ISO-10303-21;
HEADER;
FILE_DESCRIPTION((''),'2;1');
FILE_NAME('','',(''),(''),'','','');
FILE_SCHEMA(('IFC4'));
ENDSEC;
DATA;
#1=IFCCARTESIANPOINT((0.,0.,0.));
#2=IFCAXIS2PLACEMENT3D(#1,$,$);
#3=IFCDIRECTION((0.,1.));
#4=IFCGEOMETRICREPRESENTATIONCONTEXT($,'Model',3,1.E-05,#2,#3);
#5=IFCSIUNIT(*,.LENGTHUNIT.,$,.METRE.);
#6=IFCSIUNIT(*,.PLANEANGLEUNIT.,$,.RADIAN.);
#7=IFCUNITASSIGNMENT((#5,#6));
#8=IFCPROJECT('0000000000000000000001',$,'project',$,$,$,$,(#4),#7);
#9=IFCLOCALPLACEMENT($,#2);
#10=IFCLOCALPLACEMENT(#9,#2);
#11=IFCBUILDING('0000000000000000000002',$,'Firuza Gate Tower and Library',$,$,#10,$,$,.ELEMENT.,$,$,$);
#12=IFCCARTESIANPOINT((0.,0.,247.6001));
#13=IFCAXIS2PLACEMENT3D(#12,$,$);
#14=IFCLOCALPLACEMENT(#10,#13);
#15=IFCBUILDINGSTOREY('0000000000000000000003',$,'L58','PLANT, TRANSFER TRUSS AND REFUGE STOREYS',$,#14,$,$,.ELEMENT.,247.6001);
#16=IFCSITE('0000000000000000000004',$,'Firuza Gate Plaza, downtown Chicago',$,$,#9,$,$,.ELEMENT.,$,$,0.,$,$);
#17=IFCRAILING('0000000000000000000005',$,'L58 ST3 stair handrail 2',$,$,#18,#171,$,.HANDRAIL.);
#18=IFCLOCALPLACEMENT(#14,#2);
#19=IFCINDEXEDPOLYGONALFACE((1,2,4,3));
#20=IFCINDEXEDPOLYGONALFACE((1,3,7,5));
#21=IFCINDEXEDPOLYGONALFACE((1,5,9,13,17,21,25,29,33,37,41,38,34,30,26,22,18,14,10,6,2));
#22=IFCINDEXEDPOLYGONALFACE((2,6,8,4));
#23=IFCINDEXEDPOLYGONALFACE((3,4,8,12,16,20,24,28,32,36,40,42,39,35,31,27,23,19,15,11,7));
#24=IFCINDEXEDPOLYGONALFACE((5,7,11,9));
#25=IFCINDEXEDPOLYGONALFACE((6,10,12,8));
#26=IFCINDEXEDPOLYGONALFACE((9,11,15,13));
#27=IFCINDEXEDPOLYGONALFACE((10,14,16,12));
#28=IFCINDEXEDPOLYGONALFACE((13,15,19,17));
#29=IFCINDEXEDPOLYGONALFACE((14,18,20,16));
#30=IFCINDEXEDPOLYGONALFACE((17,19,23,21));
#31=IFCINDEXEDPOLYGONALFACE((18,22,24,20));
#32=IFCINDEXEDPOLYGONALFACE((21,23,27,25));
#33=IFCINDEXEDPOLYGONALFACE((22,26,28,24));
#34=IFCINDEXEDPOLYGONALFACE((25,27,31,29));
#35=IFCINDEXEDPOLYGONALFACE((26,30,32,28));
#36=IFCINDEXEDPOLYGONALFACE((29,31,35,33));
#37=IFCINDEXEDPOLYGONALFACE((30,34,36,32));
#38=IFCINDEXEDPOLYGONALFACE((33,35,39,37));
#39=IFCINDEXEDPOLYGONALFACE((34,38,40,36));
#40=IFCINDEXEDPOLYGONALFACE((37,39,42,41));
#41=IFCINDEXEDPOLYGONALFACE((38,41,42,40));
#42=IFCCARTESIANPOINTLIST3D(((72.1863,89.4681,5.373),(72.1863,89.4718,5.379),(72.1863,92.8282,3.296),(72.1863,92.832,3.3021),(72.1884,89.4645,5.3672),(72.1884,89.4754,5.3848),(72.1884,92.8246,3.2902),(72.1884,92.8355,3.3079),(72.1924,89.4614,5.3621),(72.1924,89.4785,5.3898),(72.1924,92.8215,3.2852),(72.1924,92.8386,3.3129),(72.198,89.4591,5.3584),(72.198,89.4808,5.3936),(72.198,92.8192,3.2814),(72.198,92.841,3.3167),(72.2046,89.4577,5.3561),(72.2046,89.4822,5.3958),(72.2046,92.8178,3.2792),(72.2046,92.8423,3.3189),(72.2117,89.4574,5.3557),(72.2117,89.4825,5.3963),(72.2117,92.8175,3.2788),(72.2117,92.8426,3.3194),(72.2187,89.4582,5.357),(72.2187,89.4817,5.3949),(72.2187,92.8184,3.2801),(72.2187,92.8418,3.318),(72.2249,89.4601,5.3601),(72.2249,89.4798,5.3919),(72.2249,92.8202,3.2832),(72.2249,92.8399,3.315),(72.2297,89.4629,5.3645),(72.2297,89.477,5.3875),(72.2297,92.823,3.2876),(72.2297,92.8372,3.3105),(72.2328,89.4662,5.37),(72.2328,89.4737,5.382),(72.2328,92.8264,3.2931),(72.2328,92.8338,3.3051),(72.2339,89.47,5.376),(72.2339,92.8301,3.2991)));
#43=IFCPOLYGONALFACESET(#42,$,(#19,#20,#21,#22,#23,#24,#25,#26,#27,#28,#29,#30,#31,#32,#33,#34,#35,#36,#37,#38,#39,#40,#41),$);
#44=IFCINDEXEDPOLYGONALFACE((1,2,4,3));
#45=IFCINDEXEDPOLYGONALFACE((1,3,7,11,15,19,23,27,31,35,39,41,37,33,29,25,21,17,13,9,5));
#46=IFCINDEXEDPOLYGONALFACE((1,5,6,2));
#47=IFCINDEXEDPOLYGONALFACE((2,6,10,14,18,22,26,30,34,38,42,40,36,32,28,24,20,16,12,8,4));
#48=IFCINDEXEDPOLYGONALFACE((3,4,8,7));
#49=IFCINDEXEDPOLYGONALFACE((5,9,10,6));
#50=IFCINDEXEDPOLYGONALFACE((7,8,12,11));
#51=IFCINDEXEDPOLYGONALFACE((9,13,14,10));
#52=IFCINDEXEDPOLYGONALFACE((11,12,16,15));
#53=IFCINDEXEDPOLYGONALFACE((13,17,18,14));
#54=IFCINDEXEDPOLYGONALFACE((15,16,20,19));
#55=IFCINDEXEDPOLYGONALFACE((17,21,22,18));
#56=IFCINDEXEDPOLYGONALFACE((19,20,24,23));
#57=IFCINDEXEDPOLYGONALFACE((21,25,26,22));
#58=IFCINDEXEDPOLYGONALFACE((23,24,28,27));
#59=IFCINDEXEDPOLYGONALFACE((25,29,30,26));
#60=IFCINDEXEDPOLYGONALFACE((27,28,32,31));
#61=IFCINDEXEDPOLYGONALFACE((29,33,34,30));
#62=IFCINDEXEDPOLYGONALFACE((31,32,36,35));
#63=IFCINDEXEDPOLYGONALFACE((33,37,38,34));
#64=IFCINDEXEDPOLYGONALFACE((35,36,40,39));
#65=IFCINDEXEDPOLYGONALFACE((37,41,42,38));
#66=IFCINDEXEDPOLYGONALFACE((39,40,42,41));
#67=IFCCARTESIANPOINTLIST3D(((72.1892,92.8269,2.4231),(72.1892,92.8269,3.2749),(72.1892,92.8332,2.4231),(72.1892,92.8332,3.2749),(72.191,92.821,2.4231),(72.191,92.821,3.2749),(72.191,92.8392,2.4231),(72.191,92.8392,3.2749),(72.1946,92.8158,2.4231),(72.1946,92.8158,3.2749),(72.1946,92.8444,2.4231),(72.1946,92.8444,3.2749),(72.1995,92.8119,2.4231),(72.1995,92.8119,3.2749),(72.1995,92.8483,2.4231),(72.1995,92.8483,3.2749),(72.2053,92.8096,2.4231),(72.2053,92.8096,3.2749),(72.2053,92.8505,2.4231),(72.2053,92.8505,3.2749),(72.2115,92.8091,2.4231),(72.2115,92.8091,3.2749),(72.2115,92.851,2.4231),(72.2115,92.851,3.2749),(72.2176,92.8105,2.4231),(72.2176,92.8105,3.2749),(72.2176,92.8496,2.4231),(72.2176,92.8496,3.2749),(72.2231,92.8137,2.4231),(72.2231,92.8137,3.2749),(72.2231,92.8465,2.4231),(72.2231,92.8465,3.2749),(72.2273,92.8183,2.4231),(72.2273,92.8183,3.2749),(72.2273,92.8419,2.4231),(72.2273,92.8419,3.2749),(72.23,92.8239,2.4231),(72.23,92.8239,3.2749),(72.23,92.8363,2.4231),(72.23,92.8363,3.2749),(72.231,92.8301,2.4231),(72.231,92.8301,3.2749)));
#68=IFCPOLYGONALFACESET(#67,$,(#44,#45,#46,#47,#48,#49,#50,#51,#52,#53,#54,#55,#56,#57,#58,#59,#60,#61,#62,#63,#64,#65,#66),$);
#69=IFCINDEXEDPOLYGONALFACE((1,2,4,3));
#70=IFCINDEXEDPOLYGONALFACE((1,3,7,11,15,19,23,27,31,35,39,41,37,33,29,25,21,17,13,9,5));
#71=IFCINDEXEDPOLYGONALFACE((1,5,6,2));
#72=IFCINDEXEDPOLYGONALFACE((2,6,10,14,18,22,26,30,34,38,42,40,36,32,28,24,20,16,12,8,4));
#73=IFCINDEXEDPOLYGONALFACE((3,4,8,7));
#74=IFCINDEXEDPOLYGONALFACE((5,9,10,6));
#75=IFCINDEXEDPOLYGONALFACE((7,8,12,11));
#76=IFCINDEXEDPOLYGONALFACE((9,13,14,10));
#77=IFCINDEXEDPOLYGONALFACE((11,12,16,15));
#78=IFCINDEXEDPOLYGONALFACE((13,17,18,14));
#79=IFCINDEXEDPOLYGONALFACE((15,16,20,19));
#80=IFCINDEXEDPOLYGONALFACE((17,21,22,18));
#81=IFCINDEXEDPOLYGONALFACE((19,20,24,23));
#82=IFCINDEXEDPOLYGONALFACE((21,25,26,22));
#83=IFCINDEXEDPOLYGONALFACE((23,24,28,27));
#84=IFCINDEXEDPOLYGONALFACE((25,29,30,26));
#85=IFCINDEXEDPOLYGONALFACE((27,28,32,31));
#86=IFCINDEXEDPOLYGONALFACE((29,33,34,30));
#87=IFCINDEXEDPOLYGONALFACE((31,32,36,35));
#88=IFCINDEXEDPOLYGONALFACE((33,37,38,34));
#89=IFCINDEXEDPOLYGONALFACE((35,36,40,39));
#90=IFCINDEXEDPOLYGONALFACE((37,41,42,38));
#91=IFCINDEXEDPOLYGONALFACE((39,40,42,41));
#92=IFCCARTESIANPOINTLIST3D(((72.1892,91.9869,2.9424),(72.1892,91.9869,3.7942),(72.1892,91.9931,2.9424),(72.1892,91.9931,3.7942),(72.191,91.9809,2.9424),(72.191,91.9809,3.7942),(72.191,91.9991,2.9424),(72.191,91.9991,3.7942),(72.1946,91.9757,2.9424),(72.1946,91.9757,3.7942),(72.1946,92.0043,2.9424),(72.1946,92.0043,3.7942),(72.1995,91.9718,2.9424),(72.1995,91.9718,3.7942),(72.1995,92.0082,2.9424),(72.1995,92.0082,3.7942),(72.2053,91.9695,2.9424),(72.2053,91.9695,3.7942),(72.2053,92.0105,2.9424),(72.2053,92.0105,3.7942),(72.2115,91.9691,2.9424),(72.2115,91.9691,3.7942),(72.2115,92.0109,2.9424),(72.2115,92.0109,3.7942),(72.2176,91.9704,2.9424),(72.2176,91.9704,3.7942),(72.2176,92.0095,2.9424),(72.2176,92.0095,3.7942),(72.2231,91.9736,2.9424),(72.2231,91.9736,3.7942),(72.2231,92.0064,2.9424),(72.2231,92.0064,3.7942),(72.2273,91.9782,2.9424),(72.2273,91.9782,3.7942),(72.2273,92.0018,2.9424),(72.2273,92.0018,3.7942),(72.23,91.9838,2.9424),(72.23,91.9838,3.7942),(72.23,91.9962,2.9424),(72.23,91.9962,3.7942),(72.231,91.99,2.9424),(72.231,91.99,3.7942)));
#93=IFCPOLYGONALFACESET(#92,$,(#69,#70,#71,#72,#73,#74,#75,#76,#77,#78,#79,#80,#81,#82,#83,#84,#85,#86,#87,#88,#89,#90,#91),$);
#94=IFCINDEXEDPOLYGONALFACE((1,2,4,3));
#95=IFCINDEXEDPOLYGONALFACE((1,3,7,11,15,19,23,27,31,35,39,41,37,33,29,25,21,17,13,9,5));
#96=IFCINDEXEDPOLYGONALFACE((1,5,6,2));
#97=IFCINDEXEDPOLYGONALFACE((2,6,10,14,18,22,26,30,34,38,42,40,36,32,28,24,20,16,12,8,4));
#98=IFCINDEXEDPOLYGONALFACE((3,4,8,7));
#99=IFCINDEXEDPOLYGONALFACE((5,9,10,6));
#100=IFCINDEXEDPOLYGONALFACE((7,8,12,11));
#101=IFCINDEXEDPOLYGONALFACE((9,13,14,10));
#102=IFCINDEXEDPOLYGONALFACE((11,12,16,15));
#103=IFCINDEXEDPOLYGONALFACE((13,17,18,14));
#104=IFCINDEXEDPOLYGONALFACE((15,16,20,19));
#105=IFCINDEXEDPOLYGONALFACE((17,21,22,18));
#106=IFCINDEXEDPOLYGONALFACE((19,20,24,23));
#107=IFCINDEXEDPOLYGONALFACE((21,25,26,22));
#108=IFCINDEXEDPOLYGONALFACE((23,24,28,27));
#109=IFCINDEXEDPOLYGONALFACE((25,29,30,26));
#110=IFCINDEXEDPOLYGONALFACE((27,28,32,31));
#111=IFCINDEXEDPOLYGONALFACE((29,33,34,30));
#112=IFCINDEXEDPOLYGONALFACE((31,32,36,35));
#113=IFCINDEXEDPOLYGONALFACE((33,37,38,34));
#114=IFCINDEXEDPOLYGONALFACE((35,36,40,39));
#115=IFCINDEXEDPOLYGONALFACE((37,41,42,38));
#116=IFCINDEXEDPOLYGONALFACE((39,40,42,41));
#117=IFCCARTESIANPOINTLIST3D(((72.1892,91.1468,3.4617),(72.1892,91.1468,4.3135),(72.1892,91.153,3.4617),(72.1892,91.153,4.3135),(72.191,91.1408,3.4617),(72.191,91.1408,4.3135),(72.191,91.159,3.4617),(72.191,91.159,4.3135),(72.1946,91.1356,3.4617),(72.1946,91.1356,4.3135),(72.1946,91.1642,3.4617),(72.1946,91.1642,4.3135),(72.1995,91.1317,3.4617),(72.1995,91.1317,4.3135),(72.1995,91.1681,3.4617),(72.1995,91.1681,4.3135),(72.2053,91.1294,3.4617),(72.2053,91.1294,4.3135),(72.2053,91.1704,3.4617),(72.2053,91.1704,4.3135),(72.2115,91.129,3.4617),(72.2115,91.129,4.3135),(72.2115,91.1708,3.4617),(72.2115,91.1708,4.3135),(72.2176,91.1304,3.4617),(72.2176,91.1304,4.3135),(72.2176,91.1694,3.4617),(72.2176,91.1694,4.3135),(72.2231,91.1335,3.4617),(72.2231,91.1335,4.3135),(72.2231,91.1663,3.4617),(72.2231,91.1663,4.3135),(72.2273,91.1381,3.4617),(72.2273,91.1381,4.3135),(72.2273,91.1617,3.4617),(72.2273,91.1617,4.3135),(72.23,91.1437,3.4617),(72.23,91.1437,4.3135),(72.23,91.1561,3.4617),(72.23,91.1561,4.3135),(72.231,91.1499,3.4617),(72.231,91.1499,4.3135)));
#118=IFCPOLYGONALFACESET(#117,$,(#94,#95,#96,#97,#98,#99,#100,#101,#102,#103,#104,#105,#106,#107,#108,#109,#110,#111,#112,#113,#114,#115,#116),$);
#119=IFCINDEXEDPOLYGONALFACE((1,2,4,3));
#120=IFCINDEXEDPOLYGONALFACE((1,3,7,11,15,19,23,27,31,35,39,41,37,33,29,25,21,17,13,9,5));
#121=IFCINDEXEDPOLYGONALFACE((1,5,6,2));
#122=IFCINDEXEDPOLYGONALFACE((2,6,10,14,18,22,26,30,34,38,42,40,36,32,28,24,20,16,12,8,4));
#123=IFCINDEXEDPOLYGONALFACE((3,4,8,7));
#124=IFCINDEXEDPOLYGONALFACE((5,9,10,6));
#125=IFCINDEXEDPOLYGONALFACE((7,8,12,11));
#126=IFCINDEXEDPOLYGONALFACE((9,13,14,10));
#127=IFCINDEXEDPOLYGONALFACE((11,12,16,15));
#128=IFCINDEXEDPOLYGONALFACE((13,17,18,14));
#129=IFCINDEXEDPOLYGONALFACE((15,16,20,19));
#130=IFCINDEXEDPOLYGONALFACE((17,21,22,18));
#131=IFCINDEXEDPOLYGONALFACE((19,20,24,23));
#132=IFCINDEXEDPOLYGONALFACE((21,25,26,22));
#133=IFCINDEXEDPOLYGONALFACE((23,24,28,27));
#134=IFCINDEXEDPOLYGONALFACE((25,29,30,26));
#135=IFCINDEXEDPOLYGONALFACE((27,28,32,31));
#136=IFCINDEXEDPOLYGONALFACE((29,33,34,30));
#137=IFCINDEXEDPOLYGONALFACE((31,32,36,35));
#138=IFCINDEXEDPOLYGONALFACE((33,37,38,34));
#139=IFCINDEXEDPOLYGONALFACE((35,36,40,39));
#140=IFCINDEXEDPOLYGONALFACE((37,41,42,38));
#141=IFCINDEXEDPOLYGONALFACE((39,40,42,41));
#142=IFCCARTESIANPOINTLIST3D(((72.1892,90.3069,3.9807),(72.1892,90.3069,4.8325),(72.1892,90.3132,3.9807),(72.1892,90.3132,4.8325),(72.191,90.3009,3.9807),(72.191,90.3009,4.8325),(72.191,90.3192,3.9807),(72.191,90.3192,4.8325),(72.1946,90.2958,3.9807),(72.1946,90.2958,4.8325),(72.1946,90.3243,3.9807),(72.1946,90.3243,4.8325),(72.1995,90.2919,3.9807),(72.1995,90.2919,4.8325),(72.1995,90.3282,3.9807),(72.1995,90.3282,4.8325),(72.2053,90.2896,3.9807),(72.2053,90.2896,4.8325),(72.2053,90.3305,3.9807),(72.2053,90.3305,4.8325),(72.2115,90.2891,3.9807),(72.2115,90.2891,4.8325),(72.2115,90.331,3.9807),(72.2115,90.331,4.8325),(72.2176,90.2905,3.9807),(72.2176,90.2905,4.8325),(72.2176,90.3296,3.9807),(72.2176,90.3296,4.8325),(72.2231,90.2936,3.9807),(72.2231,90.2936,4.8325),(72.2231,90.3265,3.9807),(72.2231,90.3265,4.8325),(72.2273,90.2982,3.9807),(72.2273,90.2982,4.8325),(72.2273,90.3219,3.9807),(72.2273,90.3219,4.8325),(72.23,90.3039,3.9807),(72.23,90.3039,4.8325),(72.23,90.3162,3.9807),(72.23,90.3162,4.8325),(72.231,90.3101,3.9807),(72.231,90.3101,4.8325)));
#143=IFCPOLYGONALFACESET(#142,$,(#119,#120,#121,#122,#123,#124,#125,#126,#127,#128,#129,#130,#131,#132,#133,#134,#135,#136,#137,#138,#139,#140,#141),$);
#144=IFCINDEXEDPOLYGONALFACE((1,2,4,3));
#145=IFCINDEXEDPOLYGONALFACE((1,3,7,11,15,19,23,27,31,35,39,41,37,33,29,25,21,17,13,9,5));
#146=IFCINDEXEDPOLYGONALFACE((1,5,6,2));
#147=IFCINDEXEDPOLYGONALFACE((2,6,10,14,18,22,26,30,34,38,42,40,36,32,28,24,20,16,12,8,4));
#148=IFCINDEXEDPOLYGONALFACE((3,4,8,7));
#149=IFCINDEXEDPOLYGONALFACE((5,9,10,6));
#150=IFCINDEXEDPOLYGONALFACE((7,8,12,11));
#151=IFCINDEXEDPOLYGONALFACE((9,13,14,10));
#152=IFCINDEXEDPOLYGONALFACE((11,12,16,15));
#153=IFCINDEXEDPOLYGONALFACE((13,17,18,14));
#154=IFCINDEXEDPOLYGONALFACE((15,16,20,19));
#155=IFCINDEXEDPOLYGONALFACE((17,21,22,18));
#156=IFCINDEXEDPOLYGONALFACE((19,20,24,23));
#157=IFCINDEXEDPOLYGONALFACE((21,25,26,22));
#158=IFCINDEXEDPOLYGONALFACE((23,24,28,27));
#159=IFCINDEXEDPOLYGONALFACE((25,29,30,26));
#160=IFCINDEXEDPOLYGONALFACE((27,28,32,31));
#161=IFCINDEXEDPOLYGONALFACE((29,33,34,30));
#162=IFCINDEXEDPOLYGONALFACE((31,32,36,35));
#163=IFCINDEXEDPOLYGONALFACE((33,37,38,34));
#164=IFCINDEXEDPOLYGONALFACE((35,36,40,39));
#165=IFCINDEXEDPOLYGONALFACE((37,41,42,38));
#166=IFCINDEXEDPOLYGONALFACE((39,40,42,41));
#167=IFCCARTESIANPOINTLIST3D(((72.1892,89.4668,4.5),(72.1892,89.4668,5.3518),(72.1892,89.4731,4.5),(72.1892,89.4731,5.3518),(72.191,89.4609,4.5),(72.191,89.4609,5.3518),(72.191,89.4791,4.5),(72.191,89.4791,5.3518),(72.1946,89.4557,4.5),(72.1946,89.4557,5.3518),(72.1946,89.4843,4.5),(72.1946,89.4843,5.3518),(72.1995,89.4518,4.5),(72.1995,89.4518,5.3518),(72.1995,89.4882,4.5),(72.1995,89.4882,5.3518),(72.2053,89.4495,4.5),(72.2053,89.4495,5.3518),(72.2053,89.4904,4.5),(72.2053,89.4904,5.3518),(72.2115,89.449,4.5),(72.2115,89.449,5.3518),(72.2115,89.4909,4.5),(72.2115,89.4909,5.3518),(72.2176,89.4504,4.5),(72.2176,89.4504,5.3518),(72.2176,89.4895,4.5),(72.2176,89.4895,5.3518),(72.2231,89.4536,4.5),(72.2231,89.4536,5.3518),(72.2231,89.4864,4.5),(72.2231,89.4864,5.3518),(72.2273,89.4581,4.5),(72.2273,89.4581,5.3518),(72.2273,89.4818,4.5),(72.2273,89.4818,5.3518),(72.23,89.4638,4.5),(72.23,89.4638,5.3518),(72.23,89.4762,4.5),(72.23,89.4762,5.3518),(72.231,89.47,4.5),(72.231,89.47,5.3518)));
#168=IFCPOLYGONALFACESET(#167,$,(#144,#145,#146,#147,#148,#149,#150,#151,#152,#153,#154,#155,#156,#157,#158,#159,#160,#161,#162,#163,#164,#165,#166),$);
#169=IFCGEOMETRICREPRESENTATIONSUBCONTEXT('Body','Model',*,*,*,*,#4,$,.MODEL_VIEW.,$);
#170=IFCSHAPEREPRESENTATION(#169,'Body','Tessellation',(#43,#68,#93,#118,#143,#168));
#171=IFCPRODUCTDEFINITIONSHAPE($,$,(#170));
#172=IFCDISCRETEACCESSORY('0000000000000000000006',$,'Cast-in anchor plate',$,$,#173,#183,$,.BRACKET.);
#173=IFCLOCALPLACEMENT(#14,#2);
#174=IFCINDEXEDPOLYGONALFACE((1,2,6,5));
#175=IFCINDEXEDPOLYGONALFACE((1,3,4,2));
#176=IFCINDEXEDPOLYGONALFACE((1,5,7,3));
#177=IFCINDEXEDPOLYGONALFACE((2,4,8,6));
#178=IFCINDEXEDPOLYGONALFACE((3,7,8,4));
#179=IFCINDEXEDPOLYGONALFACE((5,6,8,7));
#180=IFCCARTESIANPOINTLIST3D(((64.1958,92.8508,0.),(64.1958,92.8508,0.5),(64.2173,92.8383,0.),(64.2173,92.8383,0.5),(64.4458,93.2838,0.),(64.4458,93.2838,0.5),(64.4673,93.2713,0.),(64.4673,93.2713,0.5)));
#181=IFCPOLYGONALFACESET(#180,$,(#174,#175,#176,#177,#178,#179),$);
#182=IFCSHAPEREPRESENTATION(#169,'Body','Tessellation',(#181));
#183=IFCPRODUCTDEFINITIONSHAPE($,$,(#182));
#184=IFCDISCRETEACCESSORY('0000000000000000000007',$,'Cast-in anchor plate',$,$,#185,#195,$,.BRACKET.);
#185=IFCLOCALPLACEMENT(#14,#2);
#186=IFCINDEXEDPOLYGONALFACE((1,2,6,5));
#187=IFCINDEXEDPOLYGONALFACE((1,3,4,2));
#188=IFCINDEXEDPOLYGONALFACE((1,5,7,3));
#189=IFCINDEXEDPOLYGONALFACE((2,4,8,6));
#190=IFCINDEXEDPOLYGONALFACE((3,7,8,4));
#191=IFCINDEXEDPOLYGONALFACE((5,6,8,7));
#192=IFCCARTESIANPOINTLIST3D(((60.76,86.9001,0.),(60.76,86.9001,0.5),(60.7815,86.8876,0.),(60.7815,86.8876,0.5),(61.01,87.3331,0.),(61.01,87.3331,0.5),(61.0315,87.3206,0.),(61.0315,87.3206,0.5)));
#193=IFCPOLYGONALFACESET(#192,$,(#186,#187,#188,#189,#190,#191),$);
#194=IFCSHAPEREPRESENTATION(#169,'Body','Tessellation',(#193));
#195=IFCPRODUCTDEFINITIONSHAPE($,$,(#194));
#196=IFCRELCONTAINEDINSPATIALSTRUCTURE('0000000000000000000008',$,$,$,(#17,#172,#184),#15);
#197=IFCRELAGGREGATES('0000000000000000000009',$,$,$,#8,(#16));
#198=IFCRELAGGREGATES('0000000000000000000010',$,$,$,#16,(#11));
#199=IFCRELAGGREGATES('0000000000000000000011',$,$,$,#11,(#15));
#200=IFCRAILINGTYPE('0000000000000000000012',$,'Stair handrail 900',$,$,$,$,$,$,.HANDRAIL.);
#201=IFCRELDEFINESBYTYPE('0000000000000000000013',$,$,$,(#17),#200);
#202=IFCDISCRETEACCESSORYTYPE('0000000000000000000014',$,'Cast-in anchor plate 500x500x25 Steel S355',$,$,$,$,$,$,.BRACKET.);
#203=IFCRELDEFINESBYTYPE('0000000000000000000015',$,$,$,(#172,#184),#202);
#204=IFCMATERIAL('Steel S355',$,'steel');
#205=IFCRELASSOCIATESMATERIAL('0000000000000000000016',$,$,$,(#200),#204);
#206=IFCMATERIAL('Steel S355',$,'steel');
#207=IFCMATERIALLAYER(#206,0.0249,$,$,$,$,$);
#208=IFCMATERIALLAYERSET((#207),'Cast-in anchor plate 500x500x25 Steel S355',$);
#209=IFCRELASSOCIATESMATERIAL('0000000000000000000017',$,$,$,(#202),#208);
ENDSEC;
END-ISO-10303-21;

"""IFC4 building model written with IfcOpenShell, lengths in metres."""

from ifc_helpers import new_model, si_unit, direction, frame, origin, origin_2d, place, context, subcontext, project, spatial, rectangle, circle, extrude, material, layer, layer_set, type_object, element, save


model = new_model("IFC4")

# Units and contexts
model_context = context("Model", 3, precision=1e-05, world=origin(), true_north=direction((0.0, 1.0)))
body_context = subcontext(model_context, "Body", "Model", "MODEL_VIEW")
ifc_project = project(units=[si_unit("LENGTHUNIT", "METRE"), si_unit("PLANEANGLEUNIT", "RADIAN")], contexts=[model_context])

# Site, building, storey
site_placement = place(None, origin())
site = spatial("IfcSite", under=ifc_project, at=site_placement, Name="Firuza Gate Plaza, downtown Chicago", CompositionType="ELEMENT", RefElevation=0.0)
building_placement = place(site_placement, origin())
building = spatial("IfcBuilding", under=site, at=building_placement, Name="Firuza Gate Tower and Library", CompositionType="ELEMENT")
storey_placement = place(building_placement, frame((0.0, 0.0, 247.6001)))
storey = spatial("IfcBuildingStorey", under=building, at=storey_placement, Name="L58", Description="PLANT, TRANSFER TRUSS AND REFUGE STOREYS", CompositionType="ELEMENT", Elevation=247.6001)

# Railing
ifc_material_1 = material(Name="Steel S355", Category="steel")
railing_type_1 = type_object("IfcRailingType", Name="Stair handrail 900", PredefinedType="HANDRAIL", material=ifc_material_1)
railing_1_placement = place(storey_placement, frame((72.21, 92.8301, 2.4231)))
element("IfcRailing", 1, at=railing_1_placement, inside=storey, type_object=railing_type_1, Name="L58 ST3 stair handrail 2", PredefinedType="HANDRAIL", context=body_context, shape_type="SweptSolid", body=[
    extrude(circle(Radius=0.0239, at=origin_2d()), frame((0.0, 0.0, 0.876), z_axis=(0.0, -0.850623, 0.525776), x_axis=(1.0, 0.0, 0.0)), (0.0, 0.0, 1.0), 3.9502),
    extrude(circle(Radius=0.021, at=origin_2d()), origin(), (0.0, 0.0, 1.0), 0.8518),
    extrude(circle(Radius=0.021, at=origin_2d()), frame((0.0, -0.8401, 0.5193)), (0.0, 0.0, 1.0), 0.8518),
    extrude(circle(Radius=0.021, at=origin_2d()), frame((0.0, -1.6802, 1.0386)), (0.0, 0.0, 1.0), 0.8518),
    extrude(circle(Radius=0.021, at=origin_2d()), frame((0.0, -2.52, 1.5576)), (0.0, 0.0, 1.0), 0.8518),
    extrude(circle(Radius=0.021, at=origin_2d()), frame((0.0, -3.3601, 2.0769)), (0.0, 0.0, 1.0), 0.8518),
])

# Discrete accessories
ifc_material_2 = material(Name="Steel S355", Category="steel")
ifc_layer_1 = layer(ifc_material_2, 0.0249)
ifc_layer_set_1 = layer_set([ifc_layer_1], Name="Cast-in anchor plate 500x500x25 Steel S355")
discrete_accessory_type = type_object("IfcDiscreteAccessoryType", Name="Cast-in anchor plate 500x500x25 Steel S355", PredefinedType="BRACKET", material=ifc_layer_set_1)
for number, where, z_axis, x_axis, name in (
    (2, (64.3315, 93.061, 0.0), (0.0, 0.0, 1.0), (-0.5, -0.866025, 0.0), "Cast-in anchor plate"),
    (3, (60.8958, 87.1104, 0.0), (0.0, 0.0, 1.0), (-0.5, -0.866025, 0.0), "Cast-in anchor plate"),
):
    element("IfcDiscreteAccessory", number, at=place(storey_placement, frame(where, z_axis=z_axis, x_axis=x_axis)), inside=storey, type_object=discrete_accessory_type, Name=name, PredefinedType="BRACKET", context=body_context, shape_type="SweptSolid", body=[
        extrude(rectangle(XDim=0.5, YDim=0.0249, at=origin_2d()), origin(), (0.0, 0.0, 1.0), 0.5),
    ])

save(model, "model.ifc")
